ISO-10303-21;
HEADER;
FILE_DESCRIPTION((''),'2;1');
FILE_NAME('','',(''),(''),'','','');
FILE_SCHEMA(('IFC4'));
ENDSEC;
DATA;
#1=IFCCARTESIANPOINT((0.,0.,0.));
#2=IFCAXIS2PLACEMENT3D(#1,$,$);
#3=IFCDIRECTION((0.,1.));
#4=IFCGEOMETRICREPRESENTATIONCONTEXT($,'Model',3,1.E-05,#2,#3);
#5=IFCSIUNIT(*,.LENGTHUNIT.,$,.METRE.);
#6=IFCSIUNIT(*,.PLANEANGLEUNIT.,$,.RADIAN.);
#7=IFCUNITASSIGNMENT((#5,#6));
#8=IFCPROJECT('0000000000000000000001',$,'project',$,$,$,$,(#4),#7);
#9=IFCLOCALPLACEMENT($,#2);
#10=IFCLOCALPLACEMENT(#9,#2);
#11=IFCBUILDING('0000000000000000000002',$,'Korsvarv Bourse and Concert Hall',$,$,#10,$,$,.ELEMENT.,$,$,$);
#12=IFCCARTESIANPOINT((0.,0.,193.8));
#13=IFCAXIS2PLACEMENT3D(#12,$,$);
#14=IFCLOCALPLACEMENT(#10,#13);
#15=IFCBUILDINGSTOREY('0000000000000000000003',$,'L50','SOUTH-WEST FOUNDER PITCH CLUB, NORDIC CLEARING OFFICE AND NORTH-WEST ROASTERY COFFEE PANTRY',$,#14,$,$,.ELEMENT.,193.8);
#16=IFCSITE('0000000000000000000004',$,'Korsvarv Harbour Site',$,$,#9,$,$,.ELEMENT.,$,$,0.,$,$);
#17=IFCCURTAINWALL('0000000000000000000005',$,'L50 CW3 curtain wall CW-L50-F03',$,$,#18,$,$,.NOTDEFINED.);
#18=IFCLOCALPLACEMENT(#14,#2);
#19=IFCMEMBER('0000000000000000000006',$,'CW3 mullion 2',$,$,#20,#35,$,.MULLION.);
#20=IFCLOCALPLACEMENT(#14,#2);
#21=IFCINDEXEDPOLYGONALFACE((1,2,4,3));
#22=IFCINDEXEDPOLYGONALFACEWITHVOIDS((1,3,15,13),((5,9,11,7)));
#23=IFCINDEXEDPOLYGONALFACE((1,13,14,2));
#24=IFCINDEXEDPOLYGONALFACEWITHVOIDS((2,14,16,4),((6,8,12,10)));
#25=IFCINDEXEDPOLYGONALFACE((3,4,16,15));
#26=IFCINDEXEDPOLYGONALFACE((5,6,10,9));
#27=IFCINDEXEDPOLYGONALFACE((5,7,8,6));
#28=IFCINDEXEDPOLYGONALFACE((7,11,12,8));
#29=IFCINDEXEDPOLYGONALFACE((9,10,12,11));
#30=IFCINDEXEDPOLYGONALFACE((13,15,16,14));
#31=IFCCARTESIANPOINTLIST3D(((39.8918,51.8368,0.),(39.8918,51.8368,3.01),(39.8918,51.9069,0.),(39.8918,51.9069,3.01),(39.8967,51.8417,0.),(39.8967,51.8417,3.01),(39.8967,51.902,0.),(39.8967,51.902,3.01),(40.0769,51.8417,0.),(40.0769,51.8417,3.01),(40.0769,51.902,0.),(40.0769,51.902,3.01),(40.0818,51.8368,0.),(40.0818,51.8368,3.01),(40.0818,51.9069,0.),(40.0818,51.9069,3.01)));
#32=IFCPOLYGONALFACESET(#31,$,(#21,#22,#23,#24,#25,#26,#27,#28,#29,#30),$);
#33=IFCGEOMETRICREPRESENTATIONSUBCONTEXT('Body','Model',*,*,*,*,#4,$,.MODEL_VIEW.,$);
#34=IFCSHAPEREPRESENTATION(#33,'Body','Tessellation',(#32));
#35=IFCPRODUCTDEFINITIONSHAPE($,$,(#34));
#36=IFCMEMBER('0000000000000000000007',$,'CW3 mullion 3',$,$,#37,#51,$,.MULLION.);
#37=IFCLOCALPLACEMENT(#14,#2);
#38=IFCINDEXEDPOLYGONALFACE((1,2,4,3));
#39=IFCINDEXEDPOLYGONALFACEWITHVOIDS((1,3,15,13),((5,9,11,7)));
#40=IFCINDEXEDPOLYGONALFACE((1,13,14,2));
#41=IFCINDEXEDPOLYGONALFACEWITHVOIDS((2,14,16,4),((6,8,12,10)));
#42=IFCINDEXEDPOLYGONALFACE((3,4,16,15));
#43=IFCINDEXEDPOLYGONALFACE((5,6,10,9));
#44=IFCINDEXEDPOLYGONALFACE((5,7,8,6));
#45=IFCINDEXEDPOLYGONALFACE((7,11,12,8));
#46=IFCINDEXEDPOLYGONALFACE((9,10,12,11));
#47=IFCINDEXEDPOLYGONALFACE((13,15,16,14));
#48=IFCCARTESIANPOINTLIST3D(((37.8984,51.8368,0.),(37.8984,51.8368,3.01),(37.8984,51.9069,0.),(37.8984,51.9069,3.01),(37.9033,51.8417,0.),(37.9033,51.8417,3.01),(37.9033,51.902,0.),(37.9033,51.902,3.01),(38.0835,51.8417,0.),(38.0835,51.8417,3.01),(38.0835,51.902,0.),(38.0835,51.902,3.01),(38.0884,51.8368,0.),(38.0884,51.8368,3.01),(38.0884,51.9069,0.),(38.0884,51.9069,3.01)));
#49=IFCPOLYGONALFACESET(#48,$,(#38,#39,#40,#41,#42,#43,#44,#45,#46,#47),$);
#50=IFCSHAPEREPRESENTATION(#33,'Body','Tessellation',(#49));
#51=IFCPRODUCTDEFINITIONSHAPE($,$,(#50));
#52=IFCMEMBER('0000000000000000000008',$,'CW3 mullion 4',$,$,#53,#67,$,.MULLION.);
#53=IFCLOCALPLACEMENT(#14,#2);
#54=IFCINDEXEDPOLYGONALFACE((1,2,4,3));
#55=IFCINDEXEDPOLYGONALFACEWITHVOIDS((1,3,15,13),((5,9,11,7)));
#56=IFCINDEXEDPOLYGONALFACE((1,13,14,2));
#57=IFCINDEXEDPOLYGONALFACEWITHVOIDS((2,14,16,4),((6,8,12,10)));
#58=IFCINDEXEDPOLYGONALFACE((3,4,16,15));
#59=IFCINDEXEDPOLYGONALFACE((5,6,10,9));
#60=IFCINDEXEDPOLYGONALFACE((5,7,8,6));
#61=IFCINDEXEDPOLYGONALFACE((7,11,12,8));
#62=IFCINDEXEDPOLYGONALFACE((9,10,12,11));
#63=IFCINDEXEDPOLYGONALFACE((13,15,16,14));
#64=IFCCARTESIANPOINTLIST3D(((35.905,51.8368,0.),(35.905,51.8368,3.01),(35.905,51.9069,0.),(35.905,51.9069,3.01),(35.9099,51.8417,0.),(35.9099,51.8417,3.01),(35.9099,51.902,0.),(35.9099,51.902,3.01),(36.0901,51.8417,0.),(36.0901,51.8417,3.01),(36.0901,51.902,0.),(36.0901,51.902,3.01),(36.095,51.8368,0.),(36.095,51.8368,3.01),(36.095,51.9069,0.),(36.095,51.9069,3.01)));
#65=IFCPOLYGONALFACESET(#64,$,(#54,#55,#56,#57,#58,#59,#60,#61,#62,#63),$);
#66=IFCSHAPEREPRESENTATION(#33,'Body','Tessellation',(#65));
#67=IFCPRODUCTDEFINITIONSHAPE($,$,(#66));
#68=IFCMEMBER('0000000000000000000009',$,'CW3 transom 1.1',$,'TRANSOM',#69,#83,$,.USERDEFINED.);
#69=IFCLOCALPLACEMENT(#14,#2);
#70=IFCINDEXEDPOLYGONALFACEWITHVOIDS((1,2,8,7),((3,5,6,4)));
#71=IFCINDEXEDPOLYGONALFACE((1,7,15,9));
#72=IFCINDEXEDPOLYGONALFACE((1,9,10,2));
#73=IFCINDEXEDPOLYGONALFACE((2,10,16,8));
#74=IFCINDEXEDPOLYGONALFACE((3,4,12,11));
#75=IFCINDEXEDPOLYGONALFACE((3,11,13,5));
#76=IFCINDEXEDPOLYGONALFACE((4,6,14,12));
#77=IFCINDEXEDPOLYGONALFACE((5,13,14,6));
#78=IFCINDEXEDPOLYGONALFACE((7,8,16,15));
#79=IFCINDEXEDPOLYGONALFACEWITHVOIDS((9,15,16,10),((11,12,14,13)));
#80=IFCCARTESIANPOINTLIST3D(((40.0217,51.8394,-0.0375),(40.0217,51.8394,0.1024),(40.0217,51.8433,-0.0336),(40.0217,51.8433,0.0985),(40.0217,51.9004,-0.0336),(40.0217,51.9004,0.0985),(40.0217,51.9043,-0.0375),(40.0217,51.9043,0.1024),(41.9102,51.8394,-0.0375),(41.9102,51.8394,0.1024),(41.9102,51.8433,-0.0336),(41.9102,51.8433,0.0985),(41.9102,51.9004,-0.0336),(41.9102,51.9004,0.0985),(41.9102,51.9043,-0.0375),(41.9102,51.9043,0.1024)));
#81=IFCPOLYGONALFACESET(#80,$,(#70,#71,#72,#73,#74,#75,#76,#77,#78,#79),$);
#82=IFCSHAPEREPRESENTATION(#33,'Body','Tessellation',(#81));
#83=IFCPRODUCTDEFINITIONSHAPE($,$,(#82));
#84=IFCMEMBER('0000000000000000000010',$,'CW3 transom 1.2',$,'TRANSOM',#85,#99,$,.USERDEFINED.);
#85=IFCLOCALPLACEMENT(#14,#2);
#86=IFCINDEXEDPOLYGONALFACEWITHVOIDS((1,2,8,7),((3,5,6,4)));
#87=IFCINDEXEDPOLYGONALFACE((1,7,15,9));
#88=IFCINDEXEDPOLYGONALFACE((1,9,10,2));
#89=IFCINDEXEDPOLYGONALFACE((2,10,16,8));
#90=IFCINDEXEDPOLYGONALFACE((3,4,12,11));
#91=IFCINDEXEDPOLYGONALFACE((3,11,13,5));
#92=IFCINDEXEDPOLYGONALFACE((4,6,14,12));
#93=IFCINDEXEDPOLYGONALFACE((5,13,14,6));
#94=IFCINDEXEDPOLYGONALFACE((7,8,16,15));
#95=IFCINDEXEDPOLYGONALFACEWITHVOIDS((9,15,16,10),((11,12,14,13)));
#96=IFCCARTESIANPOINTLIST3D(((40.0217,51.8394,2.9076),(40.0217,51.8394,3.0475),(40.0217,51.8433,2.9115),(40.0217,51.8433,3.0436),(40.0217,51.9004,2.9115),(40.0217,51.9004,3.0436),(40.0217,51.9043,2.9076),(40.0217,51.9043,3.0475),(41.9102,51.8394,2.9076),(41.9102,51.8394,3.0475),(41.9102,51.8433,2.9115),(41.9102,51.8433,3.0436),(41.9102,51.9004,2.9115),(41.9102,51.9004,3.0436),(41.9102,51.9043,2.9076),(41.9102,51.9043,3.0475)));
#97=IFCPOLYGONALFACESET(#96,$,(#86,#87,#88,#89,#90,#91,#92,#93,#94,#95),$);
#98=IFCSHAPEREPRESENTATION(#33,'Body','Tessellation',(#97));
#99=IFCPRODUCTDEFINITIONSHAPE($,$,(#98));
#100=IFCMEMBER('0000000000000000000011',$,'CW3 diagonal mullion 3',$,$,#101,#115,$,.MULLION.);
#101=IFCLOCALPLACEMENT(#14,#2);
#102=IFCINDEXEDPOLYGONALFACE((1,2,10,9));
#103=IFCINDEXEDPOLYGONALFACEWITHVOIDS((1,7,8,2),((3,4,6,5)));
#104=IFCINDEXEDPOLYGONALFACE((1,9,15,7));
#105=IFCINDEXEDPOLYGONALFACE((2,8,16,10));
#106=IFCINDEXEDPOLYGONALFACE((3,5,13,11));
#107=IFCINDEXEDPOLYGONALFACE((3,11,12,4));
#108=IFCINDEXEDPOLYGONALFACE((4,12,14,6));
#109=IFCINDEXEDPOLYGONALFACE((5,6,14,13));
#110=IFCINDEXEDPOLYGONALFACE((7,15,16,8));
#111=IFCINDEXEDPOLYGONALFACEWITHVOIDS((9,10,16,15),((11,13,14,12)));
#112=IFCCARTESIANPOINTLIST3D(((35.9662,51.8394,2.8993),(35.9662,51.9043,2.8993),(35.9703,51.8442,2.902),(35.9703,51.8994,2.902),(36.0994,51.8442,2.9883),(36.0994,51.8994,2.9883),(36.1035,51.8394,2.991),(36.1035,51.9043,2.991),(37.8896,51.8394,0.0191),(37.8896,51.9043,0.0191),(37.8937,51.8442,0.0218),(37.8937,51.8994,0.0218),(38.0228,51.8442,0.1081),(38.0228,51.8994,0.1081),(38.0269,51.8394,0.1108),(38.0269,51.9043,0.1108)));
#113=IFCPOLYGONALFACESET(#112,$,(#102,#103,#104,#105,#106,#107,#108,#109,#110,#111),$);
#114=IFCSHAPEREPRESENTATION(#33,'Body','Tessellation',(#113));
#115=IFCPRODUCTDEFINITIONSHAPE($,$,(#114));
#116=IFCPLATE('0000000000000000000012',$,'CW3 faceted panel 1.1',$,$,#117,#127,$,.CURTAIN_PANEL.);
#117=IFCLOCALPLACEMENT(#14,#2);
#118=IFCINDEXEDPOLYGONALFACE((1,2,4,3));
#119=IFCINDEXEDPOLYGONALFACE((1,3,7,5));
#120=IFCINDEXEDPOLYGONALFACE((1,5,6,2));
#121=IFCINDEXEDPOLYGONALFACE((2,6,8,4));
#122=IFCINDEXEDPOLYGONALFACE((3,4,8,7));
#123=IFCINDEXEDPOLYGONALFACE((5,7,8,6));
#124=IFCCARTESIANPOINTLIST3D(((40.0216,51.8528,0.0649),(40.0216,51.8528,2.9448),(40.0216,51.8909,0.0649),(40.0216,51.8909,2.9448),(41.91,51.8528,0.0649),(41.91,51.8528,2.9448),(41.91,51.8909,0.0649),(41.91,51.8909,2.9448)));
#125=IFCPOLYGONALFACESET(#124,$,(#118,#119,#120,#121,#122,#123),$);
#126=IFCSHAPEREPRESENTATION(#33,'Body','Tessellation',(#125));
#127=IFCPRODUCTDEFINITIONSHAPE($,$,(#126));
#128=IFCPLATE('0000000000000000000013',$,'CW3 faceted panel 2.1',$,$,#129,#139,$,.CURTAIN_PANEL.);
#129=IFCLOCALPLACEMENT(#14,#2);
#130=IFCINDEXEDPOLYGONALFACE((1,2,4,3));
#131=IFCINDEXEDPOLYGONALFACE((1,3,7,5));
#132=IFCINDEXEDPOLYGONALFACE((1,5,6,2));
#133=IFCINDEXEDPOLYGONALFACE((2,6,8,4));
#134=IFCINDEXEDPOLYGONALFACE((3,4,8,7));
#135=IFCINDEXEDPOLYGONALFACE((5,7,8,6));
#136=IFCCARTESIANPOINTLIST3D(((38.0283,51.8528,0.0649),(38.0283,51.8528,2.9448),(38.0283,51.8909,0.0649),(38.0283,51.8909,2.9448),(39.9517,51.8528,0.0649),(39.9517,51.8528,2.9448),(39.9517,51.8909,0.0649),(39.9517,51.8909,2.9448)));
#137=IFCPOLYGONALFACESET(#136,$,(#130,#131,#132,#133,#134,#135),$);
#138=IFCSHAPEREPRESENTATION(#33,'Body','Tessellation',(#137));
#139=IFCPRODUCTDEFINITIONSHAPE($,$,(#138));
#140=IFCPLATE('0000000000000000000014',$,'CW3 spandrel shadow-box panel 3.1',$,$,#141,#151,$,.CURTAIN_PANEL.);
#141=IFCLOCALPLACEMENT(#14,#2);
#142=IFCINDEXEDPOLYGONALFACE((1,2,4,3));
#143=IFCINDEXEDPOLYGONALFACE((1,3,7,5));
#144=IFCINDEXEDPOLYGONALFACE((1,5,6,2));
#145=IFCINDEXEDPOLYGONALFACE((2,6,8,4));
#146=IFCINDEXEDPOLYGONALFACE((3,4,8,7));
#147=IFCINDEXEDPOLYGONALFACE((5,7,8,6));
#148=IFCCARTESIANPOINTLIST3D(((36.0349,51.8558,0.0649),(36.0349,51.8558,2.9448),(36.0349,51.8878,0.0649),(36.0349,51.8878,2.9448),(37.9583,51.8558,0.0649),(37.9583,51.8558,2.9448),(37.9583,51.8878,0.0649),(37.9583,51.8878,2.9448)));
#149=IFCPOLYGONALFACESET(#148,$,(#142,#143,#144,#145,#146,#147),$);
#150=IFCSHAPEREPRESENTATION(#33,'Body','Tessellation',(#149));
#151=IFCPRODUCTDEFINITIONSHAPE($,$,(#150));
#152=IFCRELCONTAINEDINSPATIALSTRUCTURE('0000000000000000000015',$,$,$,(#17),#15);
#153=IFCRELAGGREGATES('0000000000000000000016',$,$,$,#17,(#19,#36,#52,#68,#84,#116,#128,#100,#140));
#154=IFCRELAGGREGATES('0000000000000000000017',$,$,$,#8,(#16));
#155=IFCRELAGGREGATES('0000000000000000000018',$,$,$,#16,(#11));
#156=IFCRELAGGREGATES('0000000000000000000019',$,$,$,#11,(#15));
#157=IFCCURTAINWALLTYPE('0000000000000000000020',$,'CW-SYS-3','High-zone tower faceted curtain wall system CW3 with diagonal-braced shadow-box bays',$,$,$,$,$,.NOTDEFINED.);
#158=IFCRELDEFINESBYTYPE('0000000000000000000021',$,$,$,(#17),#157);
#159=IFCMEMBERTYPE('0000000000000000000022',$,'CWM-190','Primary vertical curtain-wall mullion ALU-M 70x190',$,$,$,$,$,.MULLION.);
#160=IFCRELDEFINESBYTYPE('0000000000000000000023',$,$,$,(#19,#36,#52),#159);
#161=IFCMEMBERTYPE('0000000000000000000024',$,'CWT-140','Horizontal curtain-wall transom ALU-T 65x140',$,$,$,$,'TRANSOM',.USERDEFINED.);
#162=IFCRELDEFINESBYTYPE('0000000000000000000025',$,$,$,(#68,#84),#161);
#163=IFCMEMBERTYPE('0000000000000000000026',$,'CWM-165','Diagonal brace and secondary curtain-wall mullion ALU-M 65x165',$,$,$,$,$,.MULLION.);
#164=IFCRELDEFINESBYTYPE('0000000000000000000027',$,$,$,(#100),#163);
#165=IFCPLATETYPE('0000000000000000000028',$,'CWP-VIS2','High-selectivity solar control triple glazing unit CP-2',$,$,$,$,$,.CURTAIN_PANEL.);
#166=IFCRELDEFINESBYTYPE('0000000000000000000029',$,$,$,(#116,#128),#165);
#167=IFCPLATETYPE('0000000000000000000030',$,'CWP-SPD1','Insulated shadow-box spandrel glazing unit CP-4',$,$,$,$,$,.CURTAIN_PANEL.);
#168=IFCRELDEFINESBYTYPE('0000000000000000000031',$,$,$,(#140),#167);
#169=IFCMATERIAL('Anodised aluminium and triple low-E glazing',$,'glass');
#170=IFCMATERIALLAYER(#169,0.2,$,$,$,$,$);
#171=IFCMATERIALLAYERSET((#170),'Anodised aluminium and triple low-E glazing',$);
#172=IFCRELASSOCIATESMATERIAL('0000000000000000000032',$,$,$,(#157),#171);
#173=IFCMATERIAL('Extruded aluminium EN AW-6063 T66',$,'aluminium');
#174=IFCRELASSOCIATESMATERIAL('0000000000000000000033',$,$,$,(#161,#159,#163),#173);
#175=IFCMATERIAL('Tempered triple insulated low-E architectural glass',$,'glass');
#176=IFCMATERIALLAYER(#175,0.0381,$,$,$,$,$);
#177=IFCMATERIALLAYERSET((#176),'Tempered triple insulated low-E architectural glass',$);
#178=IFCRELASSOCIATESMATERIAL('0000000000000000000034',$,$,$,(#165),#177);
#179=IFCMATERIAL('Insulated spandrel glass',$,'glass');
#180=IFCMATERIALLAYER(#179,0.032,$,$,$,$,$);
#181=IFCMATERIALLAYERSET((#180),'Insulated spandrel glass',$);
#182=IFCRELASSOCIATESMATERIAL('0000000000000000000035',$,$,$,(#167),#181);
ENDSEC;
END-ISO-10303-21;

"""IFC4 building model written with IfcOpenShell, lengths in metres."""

from ifc_helpers import new_model, si_unit, direction, frame, origin, origin_2d, place, context, subcontext, project, spatial, rectangle, hollow_rectangle, extrude, source, transform, mapped, material, layer, layer_set, material_profile, profile_set, type_object, element, aggregate, save


model = new_model("IFC4")

# Units and contexts
model_context = context("Model", 3, precision=1e-05, world=origin(), true_north=direction((0.0, 1.0)))
body_context = subcontext(model_context, "Body", "Model", "MODEL_VIEW")
ifc_project = project(units=[si_unit("LENGTHUNIT", "METRE"), si_unit("PLANEANGLEUNIT", "RADIAN")], contexts=[model_context])

# Site, building, storey
site_placement = place(None, origin())
site = spatial("IfcSite", under=ifc_project, at=site_placement, Name="Korsvarv Harbour Site", CompositionType="ELEMENT", RefElevation=0.0)
building_placement = place(site_placement, origin())
building = spatial("IfcBuilding", under=site, at=building_placement, Name="Korsvarv Bourse and Concert Hall", CompositionType="ELEMENT")
storey_placement = place(building_placement, frame((0.0, 0.0, 193.8)))
storey = spatial("IfcBuildingStorey", under=building, at=storey_placement, Name="L50", Description="SOUTH-WEST FOUNDER PITCH CLUB, NORDIC CLEARING OFFICE AND NORTH-WEST ROASTERY COFFEE PANTRY", CompositionType="ELEMENT", Elevation=193.8)

# Curtain wall, members, plates
ifc_material_1 = material(Name="Anodised aluminium and triple low-E glazing", Category="glass")
ifc_layer_1 = layer(ifc_material_1, 0.2)
ifc_layer_set_1 = layer_set([ifc_layer_1], Name="Anodised aluminium and triple low-E glazing")
curtain_wall_type = type_object("IfcCurtainWallType", Name="CW-SYS-3", Description="High-zone tower faceted curtain wall system CW3 with diagonal-braced shadow-box bays", PredefinedType="NOTDEFINED", material=ifc_layer_set_1)
curtain_wall_placement = place(storey_placement, origin())
curtain_wall = element("IfcCurtainWall", 1, at=curtain_wall_placement, inside=storey, type_object=curtain_wall_type, Name="L50 CW3 curtain wall CW-L50-F03", PredefinedType="NOTDEFINED")
ifc_material_2 = material(Name="Extruded aluminium EN AW-6063 T66", Category="aluminium")
ifc_material_profile_1 = material_profile(ifc_material_2, hollow_rectangle(XDim=0.0649, YDim=0.1399, WallThickness=0.0039, at=origin_2d()), Name="ALU-T 65x140")
ifc_profile_set_1 = profile_set([ifc_material_profile_1], Name="Extruded aluminium EN AW-6063 T66")
member_type_1 = type_object("IfcMemberType", Name="CWT-140", Description="Horizontal curtain-wall transom ALU-T 65x140", ElementType="TRANSOM", PredefinedType="USERDEFINED", material=ifc_profile_set_1)
ifc_material_profile_2 = material_profile(ifc_material_2, hollow_rectangle(XDim=0.0701, YDim=0.1899, WallThickness=0.0049, at=origin_2d()), Name="ALU-M 70x190")
ifc_profile_set_2 = profile_set([ifc_material_profile_2], Name="Extruded aluminium EN AW-6063 T66")
member_type_2 = type_object("IfcMemberType", Name="CWM-190", Description="Primary vertical curtain-wall mullion ALU-M 70x190", PredefinedType="MULLION", material=ifc_profile_set_2)
shared_shape_1 = source(origin(), body_context, "Body", "SweptSolid", [
    extrude(hollow_rectangle(XDim=0.0701, YDim=0.1899, WallThickness=0.0049, at=origin_2d()), origin(), (0.0, 0.0, 1.0), 3.01),
])
member_1_placement = place(storey_placement, frame((39.9868, 51.8718, 0.0), z_axis=(0.0, 0.0, 1.0), x_axis=(0.0, -1.0, 0.0)))
member_1 = element("IfcMember", 2, at=member_1_placement, type_object=member_type_2, Name="CW3 mullion 2", PredefinedType="MULLION", context=body_context, shape_type="MappedRepresentation", body=[
    mapped(shared_shape_1, transform((0.0, 0.0, 0.0), scale=1.0)),
])
member_2_placement = place(storey_placement, frame((37.9934, 51.8718, 0.0), z_axis=(0.0, 0.0, 1.0), x_axis=(0.0, -1.0, 0.0)))
member_2 = element("IfcMember", 3, at=member_2_placement, type_object=member_type_2, Name="CW3 mullion 3", PredefinedType="MULLION", context=body_context, shape_type="MappedRepresentation", body=[
    mapped(shared_shape_1, transform((0.0, 0.0, 0.0), scale=1.0)),
])
member_3_placement = place(storey_placement, frame((36.0, 51.8718, 0.0), z_axis=(0.0, 0.0, 1.0), x_axis=(0.0, -1.0, 0.0)))
member_3 = element("IfcMember", 4, at=member_3_placement, type_object=member_type_2, Name="CW3 mullion 4", PredefinedType="MULLION", context=body_context, shape_type="MappedRepresentation", body=[
    mapped(shared_shape_1, transform((0.0, 0.0, 0.0), scale=1.0)),
])
shared_shape_2 = source(origin(), body_context, "Body", "SweptSolid", [
    extrude(hollow_rectangle(XDim=0.0649, YDim=0.1399, WallThickness=0.0039, at=origin_2d()), origin(), (0.0, 0.0, 1.0), 1.8884),
])
member_4_placement = place(storey_placement, frame((41.9102, 51.8718, 0.0325), z_axis=(-1.0, 0.0, 0.0), x_axis=(0.0, -1.0, 0.0)))
member_4 = element("IfcMember", 5, at=member_4_placement, type_object=member_type_1, Name="CW3 transom 1.1", ObjectType="TRANSOM", PredefinedType="USERDEFINED", context=body_context, shape_type="MappedRepresentation", body=[
    mapped(shared_shape_2, transform((0.0, 0.0, 0.0), scale=1.0)),
])
member_5_placement = place(storey_placement, frame((41.9102, 51.8718, 2.9775), z_axis=(-1.0, 0.0, 0.0), x_axis=(0.0, -1.0, 0.0)))
member_5 = element("IfcMember", 6, at=member_5_placement, type_object=member_type_1, Name="CW3 transom 1.2", ObjectType="TRANSOM", PredefinedType="USERDEFINED", context=body_context, shape_type="MappedRepresentation", body=[
    mapped(shared_shape_2, transform((0.0, 0.0, 0.0), scale=1.0)),
])
ifc_material_profile_3 = material_profile(ifc_material_2, hollow_rectangle(XDim=0.0649, YDim=0.165, WallThickness=0.0049, at=origin_2d()), Name="ALU-M 65x165")
ifc_profile_set_3 = profile_set([ifc_material_profile_3], Name="Extruded aluminium EN AW-6063 T66")
member_type_3 = type_object("IfcMemberType", Name="CWM-165", Description="Diagonal brace and secondary curtain-wall mullion ALU-M 65x165", PredefinedType="MULLION", material=ifc_profile_set_3)
shared_shape_3 = source(origin(), body_context, "Body", "SweptSolid", [
    extrude(hollow_rectangle(XDim=0.0649, YDim=0.165, WallThickness=0.0049, at=origin_2d()), origin(), (0.0, 0.0, 1.0), 3.4634),
])
member_6_placement = place(storey_placement, frame((37.9583, 51.8718, 0.0649), z_axis=(-0.555351, 0.0, 0.831616), x_axis=(0.0, -1.0, 0.0)))
member_6 = element("IfcMember", 7, at=member_6_placement, type_object=member_type_3, Name="CW3 diagonal mullion 3", PredefinedType="MULLION", context=body_context, shape_type="MappedRepresentation", body=[
    mapped(shared_shape_3, transform((0.0, 0.0, 0.0), scale=1.0)),
])
ifc_material_3 = material(Name="Tempered triple insulated low-E architectural glass", Category="glass")
ifc_layer_2 = layer(ifc_material_3, 0.0381)
ifc_layer_set_2 = layer_set([ifc_layer_2], Name="Tempered triple insulated low-E architectural glass")
plate_type_1 = type_object("IfcPlateType", Name="CWP-VIS2", Description="High-selectivity solar control triple glazing unit CP-2", PredefinedType="CURTAIN_PANEL", material=ifc_layer_set_2)
shared_shape_4 = source(origin(), body_context, "Body", "SweptSolid", [
    extrude(rectangle(XDim=1.8884, YDim=0.0381, at=origin_2d()), origin(), (0.0, 0.0, 1.0), 2.8799),
])
plate_1_placement = place(storey_placement, frame((40.9658, 51.8718, 0.0649), z_axis=(0.0, 0.0, 1.0), x_axis=(-1.0, 0.0, 0.0)))
plate_1 = element("IfcPlate", 8, at=plate_1_placement, type_object=plate_type_1, Name="CW3 faceted panel 1.1", PredefinedType="CURTAIN_PANEL", context=body_context, shape_type="MappedRepresentation", body=[
    mapped(shared_shape_4, transform((0.0, 0.0, 0.0), scale=1.0)),
])
shared_shape_5 = source(origin(), body_context, "Body", "SweptSolid", [
    extrude(rectangle(XDim=1.9233, YDim=0.0381, at=origin_2d()), origin(), (0.0, 0.0, 1.0), 2.8799),
])
plate_2_placement = place(storey_placement, frame((38.99, 51.8718, 0.0649), z_axis=(0.0, 0.0, 1.0), x_axis=(-1.0, 0.0, 0.0)))
plate_2 = element("IfcPlate", 9, at=plate_2_placement, type_object=plate_type_1, Name="CW3 faceted panel 2.1", PredefinedType="CURTAIN_PANEL", context=body_context, shape_type="MappedRepresentation", body=[
    mapped(shared_shape_5, transform((0.0, 0.0, 0.0), scale=1.0)),
])
ifc_material_4 = material(Name="Insulated spandrel glass", Category="glass")
ifc_layer_3 = layer(ifc_material_4, 0.032)
ifc_layer_set_3 = layer_set([ifc_layer_3], Name="Insulated spandrel glass")
plate_type_2 = type_object("IfcPlateType", Name="CWP-SPD1", Description="Insulated shadow-box spandrel glazing unit CP-4", PredefinedType="CURTAIN_PANEL", material=ifc_layer_set_3)
shared_shape_6 = source(origin(), body_context, "Body", "SweptSolid", [
    extrude(rectangle(XDim=1.9233, YDim=0.032, at=origin_2d()), origin(), (0.0, 0.0, 1.0), 2.8799),
])
plate_3_placement = place(storey_placement, frame((36.9966, 51.8718, 0.0649), z_axis=(0.0, 0.0, 1.0), x_axis=(-1.0, 0.0, 0.0)))
plate_3 = element("IfcPlate", 10, at=plate_3_placement, type_object=plate_type_2, Name="CW3 spandrel shadow-box panel 3.1", PredefinedType="CURTAIN_PANEL", context=body_context, shape_type="MappedRepresentation", body=[
    mapped(shared_shape_6, transform((0.0, 0.0, 0.0), scale=1.0)),
])
aggregate(curtain_wall, [member_1, member_2, member_3, member_4, member_5, plate_1, plate_2, member_6, plate_3])

save(model, "model.ifc")
